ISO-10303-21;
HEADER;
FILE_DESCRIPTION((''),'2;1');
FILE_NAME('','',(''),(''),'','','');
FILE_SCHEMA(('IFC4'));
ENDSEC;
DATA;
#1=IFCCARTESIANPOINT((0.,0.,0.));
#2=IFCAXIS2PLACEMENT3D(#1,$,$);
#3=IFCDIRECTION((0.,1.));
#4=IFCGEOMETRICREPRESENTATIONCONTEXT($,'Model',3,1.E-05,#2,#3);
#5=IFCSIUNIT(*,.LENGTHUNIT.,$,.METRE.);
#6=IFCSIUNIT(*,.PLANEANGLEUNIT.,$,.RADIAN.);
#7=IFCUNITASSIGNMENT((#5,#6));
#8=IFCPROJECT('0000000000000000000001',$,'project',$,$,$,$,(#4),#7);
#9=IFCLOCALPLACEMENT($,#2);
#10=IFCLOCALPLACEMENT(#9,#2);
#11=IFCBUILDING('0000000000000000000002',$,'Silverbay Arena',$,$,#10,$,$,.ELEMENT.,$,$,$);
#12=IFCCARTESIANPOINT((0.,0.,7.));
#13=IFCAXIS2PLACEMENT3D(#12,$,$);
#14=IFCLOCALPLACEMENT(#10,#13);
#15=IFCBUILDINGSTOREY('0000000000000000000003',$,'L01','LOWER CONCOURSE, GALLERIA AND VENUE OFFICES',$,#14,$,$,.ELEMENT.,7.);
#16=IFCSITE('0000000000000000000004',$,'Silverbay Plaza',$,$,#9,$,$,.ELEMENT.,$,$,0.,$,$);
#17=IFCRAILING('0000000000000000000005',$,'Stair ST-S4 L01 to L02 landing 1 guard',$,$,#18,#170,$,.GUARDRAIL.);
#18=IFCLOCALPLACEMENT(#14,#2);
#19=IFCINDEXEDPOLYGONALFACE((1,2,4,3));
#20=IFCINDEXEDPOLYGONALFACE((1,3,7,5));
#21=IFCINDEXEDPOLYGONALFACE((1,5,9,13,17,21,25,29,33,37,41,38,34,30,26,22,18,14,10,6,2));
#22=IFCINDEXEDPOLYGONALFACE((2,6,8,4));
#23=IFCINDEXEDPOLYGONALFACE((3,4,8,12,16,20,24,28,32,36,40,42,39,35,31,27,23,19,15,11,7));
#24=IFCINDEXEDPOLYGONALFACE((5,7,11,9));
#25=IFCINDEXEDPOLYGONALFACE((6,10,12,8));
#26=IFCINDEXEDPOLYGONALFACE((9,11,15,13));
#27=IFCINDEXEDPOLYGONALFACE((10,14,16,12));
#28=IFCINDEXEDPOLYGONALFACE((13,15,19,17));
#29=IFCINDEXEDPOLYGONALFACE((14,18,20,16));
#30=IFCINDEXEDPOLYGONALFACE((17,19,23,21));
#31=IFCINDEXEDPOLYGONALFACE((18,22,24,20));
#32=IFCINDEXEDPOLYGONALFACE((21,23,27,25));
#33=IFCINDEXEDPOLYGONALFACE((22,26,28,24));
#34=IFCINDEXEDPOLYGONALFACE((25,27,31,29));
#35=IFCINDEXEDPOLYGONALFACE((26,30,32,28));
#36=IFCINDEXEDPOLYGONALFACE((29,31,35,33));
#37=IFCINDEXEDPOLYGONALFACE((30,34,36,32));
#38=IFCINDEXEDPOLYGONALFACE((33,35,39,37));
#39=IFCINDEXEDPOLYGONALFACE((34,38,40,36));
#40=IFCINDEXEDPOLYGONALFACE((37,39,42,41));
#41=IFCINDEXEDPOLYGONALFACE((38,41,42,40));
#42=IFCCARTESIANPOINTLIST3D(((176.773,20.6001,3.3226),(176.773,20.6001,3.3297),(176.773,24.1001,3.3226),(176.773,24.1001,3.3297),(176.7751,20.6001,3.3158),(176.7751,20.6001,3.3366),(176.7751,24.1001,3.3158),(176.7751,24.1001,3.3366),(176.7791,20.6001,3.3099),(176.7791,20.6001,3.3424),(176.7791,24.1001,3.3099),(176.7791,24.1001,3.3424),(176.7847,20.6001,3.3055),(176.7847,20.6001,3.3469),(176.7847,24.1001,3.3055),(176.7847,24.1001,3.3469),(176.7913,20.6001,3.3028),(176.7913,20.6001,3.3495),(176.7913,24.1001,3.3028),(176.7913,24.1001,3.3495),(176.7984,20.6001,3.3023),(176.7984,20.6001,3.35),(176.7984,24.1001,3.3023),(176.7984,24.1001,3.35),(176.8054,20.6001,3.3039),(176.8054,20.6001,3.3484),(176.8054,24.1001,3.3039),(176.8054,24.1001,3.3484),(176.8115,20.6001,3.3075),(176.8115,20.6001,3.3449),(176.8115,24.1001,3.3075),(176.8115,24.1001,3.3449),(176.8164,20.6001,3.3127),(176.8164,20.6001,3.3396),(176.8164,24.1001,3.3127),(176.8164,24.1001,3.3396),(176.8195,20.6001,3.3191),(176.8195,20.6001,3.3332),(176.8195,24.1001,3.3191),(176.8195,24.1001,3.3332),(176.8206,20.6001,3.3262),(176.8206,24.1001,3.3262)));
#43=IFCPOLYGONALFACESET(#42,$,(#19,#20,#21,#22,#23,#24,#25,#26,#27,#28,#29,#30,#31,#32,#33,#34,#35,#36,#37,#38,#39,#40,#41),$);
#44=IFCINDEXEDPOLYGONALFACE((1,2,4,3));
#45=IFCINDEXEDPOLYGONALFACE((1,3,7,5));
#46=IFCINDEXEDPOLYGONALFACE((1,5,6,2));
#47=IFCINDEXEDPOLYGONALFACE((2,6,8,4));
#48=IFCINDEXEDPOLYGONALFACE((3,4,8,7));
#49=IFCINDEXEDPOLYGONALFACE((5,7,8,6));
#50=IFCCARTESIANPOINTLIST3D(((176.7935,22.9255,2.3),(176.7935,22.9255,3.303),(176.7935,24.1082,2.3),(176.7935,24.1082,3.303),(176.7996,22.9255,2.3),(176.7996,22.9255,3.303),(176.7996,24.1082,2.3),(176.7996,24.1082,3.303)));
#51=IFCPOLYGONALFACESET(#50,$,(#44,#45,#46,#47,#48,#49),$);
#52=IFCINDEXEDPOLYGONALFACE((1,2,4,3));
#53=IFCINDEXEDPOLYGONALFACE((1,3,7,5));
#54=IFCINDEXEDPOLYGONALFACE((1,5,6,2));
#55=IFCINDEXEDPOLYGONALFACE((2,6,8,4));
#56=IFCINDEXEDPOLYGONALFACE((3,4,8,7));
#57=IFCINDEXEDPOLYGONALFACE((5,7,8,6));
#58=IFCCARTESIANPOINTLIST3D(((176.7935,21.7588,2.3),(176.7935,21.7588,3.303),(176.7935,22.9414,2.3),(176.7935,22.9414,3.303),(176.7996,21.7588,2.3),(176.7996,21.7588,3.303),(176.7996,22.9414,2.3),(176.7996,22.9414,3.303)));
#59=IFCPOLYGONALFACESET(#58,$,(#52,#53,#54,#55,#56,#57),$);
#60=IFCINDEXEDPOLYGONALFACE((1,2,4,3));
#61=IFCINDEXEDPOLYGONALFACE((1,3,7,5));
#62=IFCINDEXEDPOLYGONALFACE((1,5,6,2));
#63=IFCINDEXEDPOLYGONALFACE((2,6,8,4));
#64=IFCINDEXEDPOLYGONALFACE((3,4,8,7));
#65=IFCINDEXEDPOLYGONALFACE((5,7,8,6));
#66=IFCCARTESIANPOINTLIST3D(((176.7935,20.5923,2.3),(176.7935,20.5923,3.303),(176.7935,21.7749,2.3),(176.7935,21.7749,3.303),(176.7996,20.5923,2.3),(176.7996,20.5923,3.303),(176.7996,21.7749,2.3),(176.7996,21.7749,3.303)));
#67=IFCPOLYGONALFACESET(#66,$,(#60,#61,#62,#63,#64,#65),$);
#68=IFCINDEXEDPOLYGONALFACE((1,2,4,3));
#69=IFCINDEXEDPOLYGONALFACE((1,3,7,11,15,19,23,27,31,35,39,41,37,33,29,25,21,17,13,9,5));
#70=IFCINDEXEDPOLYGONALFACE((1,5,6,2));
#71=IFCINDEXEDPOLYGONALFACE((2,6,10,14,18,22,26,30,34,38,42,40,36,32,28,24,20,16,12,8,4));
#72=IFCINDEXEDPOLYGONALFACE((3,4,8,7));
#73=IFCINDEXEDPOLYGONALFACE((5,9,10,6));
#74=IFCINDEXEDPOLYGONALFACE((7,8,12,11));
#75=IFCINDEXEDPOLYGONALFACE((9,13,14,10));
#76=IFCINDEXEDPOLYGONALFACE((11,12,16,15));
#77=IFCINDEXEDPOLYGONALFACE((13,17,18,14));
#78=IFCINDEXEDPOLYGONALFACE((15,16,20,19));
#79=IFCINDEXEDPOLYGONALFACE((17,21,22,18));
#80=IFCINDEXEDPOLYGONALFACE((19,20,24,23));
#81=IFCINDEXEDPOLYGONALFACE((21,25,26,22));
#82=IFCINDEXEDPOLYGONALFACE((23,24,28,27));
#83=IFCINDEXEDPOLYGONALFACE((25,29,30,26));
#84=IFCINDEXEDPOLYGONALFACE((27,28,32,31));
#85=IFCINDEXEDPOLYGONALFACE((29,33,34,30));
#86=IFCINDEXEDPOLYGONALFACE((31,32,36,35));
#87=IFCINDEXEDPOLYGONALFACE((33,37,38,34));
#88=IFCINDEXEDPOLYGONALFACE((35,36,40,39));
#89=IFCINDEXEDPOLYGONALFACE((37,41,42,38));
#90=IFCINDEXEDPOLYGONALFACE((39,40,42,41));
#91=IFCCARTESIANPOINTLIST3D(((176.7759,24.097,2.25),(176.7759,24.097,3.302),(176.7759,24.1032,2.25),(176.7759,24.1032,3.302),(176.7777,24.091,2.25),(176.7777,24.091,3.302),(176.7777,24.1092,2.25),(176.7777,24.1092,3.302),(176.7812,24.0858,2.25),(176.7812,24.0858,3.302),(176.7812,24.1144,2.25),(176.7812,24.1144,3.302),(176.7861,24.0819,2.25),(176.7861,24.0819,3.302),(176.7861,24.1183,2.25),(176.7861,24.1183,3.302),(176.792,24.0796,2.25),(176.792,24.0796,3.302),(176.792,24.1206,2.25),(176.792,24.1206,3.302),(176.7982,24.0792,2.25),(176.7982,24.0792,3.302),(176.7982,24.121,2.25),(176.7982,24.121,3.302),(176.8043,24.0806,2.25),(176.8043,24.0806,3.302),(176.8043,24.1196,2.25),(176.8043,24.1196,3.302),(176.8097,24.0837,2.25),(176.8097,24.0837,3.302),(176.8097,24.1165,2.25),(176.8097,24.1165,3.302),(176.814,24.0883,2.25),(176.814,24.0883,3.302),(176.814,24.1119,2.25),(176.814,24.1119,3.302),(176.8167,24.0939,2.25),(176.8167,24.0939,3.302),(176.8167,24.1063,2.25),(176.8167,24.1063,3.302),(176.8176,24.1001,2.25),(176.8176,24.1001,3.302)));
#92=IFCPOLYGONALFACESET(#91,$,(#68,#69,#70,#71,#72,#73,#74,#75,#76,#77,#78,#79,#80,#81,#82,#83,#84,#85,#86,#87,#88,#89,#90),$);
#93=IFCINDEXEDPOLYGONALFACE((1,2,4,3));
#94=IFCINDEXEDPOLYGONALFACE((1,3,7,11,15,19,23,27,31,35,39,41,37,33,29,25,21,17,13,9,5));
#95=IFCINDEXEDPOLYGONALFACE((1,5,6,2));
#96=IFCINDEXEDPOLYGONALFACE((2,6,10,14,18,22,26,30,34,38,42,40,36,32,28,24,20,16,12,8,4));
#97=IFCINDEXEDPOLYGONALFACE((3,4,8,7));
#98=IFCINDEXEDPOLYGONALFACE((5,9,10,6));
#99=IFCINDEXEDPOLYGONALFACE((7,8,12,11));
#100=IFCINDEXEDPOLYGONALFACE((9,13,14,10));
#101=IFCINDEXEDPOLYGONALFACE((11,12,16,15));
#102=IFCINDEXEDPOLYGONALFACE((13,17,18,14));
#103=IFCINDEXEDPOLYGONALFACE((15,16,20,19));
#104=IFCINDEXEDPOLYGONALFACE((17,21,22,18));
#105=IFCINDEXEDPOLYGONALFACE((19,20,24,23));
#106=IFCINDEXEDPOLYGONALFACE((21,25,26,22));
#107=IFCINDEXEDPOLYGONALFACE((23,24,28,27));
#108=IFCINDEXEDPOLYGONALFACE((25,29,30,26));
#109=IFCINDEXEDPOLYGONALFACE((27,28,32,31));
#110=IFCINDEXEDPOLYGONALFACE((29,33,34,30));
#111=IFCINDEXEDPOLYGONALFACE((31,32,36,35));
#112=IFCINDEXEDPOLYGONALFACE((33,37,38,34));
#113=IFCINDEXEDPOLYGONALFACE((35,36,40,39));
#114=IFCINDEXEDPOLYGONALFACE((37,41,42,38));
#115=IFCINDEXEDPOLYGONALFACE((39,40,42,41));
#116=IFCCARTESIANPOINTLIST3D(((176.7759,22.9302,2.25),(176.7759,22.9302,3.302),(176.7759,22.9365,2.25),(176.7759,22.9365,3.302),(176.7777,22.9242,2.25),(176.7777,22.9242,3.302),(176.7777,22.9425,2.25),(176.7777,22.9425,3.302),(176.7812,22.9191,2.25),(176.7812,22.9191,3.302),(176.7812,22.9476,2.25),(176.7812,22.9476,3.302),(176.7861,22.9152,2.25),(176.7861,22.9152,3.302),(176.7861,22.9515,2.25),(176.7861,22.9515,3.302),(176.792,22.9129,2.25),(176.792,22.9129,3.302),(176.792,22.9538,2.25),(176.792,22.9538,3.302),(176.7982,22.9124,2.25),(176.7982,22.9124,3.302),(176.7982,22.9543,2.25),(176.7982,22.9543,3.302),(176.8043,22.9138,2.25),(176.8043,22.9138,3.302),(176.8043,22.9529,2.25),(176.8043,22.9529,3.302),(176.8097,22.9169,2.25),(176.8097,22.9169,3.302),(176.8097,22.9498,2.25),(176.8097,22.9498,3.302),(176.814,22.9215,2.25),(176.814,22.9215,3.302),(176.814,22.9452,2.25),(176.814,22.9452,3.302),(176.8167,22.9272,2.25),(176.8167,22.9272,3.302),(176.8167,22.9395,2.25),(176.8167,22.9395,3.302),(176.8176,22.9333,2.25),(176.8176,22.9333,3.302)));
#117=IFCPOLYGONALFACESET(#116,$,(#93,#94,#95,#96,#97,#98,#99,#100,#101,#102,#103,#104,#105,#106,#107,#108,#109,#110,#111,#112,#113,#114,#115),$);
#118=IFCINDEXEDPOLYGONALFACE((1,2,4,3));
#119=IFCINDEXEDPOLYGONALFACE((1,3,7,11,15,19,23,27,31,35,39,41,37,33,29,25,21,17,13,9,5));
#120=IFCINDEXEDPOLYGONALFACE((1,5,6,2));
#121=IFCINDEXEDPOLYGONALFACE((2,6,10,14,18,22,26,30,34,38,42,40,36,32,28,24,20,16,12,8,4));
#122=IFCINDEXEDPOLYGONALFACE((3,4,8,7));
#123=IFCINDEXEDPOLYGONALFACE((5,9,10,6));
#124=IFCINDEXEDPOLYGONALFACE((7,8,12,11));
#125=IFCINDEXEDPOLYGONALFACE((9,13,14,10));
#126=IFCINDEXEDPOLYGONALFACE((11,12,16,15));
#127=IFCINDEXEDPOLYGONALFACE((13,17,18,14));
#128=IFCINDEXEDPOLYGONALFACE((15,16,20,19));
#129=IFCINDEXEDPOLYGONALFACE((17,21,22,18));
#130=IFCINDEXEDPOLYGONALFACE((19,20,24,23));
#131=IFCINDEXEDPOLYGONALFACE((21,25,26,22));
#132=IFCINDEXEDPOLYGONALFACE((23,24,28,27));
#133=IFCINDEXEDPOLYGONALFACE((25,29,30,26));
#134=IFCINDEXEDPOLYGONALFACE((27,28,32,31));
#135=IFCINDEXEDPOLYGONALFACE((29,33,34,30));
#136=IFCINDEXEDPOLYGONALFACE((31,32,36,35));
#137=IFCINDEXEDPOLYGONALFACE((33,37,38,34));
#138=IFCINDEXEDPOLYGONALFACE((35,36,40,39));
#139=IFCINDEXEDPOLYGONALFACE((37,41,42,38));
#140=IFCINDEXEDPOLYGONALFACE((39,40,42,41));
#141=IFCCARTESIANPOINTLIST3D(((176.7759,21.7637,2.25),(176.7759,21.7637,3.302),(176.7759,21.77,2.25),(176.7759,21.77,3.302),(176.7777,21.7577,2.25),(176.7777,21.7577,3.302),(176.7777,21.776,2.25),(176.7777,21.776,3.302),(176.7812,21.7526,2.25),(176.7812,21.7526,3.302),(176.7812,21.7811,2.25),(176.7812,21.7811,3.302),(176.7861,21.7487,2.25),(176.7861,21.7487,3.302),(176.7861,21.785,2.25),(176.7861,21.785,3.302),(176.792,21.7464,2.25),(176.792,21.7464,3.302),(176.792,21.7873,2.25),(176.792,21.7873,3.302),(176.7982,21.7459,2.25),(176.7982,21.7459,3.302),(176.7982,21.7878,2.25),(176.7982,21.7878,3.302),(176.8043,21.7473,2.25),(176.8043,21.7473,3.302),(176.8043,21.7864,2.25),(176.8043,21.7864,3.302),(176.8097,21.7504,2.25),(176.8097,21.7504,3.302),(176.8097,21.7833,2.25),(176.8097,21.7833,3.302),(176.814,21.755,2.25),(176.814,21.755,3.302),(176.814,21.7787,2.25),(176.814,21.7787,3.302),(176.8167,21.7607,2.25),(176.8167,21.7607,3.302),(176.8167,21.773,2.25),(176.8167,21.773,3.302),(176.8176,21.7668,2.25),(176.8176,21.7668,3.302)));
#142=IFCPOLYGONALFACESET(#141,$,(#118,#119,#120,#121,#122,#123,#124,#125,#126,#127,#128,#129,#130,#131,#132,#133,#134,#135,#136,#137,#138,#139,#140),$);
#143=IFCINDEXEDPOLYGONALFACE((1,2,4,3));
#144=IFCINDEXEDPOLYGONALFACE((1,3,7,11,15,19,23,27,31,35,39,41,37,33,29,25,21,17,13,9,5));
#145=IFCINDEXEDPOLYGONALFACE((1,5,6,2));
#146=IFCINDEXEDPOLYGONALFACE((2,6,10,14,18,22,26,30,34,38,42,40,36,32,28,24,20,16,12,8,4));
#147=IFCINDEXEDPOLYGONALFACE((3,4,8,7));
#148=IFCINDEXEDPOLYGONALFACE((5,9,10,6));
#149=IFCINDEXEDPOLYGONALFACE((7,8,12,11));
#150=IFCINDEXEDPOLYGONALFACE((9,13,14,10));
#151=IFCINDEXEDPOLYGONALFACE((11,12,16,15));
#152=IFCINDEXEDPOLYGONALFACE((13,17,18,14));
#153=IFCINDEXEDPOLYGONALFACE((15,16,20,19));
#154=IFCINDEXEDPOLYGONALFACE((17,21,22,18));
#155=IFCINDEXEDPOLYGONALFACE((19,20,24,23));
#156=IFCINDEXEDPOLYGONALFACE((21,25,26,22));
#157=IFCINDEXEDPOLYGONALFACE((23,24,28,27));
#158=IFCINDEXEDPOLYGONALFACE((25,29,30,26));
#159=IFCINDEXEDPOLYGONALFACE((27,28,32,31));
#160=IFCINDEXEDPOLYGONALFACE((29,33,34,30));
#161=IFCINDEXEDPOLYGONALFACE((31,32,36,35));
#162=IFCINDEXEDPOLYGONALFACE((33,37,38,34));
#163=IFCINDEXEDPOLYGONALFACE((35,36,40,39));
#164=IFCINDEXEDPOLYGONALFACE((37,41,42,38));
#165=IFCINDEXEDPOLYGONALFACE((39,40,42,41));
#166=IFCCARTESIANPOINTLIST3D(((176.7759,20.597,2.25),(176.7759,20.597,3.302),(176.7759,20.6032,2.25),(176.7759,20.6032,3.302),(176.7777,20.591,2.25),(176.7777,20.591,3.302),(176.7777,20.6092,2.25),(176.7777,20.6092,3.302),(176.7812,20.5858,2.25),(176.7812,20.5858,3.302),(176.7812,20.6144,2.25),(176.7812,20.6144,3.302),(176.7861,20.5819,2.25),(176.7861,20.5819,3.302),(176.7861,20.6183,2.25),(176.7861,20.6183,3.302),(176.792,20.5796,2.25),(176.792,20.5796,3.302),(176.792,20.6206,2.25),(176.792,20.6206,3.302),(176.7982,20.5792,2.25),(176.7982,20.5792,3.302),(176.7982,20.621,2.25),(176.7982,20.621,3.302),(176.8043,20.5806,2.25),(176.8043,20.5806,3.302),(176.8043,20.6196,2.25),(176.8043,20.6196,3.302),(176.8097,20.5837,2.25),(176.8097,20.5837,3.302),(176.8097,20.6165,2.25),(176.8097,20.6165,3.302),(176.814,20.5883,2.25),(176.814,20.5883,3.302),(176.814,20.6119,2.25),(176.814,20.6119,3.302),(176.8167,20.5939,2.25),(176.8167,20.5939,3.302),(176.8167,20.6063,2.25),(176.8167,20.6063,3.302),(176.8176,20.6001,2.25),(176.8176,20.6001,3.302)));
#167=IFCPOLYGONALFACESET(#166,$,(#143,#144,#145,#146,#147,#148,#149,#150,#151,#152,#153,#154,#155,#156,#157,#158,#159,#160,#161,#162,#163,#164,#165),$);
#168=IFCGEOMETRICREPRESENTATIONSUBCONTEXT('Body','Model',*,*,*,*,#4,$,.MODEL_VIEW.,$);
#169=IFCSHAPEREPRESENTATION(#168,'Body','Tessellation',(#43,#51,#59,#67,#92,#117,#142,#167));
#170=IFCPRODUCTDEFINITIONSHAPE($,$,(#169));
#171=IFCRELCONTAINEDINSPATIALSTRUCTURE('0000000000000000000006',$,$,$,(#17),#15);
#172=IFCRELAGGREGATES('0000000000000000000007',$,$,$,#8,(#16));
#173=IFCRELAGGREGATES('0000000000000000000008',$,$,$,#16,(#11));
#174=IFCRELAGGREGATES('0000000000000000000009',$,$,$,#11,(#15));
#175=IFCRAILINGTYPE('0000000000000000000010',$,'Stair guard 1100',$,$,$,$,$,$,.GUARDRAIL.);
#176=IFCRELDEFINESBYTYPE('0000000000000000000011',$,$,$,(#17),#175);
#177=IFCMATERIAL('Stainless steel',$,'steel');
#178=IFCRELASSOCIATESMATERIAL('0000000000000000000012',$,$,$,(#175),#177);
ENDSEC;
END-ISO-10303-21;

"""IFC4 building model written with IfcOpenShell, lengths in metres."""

from ifc_helpers import new_model, si_unit, direction, frame, origin, origin_2d, place, context, subcontext, project, spatial, polyline, circle, outline, extrude, material, type_object, element, save


model = new_model("IFC4")

# Units and contexts
model_context = context("Model", 3, precision=1e-05, world=origin(), true_north=direction((0.0, 1.0)))
body_context = subcontext(model_context, "Body", "Model", "MODEL_VIEW")
ifc_project = project(units=[si_unit("LENGTHUNIT", "METRE"), si_unit("PLANEANGLEUNIT", "RADIAN")], contexts=[model_context])

# Site, building, storey
site_placement = place(None, origin())
site = spatial("IfcSite", under=ifc_project, at=site_placement, Name="Silverbay Plaza", CompositionType="ELEMENT", RefElevation=0.0)
building_placement = place(site_placement, origin())
building = spatial("IfcBuilding", under=site, at=building_placement, Name="Silverbay Arena", CompositionType="ELEMENT")
storey_placement = place(building_placement, frame((0.0, 0.0, 7.0)))
storey = spatial("IfcBuildingStorey", under=building, at=storey_placement, Name="L01", Description="LOWER CONCOURSE, GALLERIA AND VENUE OFFICES", CompositionType="ELEMENT", Elevation=7.0)

# Railing
ifc_material_1 = material(Name="Stainless steel", Category="steel")
railing_type_1 = type_object("IfcRailingType", Name="Stair guard 1100", PredefinedType="GUARDRAIL", material=ifc_material_1)
for number, where, name in (
    (1, (176.7966, 24.1001, 2.25), "Stair ST-S4 L01 to L02 landing 1 guard"),
):
    element("IfcRailing", number, at=place(storey_placement, frame(where)), inside=storey, type_object=railing_type_1, Name=name, PredefinedType="GUARDRAIL", context=body_context, shape_type="SweptSolid", body=[
        extrude(circle(Radius=0.0239, at=origin_2d()), frame((0.0, 0.0, 1.0762), z_axis=(0.0, -1.0, 0.0), x_axis=(1.0, 0.0, 0.0)), (0.0, 0.0, 1.0), 3.5),
        extrude(outline(polyline([(-0.0081, 0.05), (1.1746, 0.05), (1.1746, 1.053), (-0.0081, 1.053), (-0.0081, 0.05)])), frame((0.0029, 0.0, 0.0), z_axis=(-1.0, 0.0, 0.0), x_axis=(0.0, -1.0, 0.0)), (0.0, 0.0, 1.0), 0.0061),
        extrude(outline(polyline([(-0.0081, 0.05), (1.1746, 0.05), (1.1746, 1.053), (-0.0081, 1.053), (-0.0081, 0.05)])), frame((0.0029, -1.1667, 0.0), z_axis=(-1.0, 0.0, 0.0), x_axis=(0.0, -1.0, 0.0)), (0.0, 0.0, 1.0), 0.0061),
        extrude(outline(polyline([(-0.0081, 0.05), (1.1746, 0.05), (1.1746, 1.053), (-0.0081, 1.053), (-0.0081, 0.05)])), frame((0.0029, -2.3333, 0.0), z_axis=(-1.0, 0.0, 0.0), x_axis=(0.0, -1.0, 0.0)), (0.0, 0.0, 1.0), 0.0061),
        extrude(circle(Radius=0.021, at=origin_2d()), origin(), (0.0, 0.0, 1.0), 1.052),
        extrude(circle(Radius=0.021, at=origin_2d()), frame((0.0, -1.1667, 0.0)), (0.0, 0.0, 1.0), 1.052),
        extrude(circle(Radius=0.021, at=origin_2d()), frame((0.0, -2.3333, 0.0)), (0.0, 0.0, 1.0), 1.052),
        extrude(circle(Radius=0.021, at=origin_2d()), frame((0.0, -3.5, 0.0)), (0.0, 0.0, 1.0), 1.052),
    ])

save(model, "model.ifc")
